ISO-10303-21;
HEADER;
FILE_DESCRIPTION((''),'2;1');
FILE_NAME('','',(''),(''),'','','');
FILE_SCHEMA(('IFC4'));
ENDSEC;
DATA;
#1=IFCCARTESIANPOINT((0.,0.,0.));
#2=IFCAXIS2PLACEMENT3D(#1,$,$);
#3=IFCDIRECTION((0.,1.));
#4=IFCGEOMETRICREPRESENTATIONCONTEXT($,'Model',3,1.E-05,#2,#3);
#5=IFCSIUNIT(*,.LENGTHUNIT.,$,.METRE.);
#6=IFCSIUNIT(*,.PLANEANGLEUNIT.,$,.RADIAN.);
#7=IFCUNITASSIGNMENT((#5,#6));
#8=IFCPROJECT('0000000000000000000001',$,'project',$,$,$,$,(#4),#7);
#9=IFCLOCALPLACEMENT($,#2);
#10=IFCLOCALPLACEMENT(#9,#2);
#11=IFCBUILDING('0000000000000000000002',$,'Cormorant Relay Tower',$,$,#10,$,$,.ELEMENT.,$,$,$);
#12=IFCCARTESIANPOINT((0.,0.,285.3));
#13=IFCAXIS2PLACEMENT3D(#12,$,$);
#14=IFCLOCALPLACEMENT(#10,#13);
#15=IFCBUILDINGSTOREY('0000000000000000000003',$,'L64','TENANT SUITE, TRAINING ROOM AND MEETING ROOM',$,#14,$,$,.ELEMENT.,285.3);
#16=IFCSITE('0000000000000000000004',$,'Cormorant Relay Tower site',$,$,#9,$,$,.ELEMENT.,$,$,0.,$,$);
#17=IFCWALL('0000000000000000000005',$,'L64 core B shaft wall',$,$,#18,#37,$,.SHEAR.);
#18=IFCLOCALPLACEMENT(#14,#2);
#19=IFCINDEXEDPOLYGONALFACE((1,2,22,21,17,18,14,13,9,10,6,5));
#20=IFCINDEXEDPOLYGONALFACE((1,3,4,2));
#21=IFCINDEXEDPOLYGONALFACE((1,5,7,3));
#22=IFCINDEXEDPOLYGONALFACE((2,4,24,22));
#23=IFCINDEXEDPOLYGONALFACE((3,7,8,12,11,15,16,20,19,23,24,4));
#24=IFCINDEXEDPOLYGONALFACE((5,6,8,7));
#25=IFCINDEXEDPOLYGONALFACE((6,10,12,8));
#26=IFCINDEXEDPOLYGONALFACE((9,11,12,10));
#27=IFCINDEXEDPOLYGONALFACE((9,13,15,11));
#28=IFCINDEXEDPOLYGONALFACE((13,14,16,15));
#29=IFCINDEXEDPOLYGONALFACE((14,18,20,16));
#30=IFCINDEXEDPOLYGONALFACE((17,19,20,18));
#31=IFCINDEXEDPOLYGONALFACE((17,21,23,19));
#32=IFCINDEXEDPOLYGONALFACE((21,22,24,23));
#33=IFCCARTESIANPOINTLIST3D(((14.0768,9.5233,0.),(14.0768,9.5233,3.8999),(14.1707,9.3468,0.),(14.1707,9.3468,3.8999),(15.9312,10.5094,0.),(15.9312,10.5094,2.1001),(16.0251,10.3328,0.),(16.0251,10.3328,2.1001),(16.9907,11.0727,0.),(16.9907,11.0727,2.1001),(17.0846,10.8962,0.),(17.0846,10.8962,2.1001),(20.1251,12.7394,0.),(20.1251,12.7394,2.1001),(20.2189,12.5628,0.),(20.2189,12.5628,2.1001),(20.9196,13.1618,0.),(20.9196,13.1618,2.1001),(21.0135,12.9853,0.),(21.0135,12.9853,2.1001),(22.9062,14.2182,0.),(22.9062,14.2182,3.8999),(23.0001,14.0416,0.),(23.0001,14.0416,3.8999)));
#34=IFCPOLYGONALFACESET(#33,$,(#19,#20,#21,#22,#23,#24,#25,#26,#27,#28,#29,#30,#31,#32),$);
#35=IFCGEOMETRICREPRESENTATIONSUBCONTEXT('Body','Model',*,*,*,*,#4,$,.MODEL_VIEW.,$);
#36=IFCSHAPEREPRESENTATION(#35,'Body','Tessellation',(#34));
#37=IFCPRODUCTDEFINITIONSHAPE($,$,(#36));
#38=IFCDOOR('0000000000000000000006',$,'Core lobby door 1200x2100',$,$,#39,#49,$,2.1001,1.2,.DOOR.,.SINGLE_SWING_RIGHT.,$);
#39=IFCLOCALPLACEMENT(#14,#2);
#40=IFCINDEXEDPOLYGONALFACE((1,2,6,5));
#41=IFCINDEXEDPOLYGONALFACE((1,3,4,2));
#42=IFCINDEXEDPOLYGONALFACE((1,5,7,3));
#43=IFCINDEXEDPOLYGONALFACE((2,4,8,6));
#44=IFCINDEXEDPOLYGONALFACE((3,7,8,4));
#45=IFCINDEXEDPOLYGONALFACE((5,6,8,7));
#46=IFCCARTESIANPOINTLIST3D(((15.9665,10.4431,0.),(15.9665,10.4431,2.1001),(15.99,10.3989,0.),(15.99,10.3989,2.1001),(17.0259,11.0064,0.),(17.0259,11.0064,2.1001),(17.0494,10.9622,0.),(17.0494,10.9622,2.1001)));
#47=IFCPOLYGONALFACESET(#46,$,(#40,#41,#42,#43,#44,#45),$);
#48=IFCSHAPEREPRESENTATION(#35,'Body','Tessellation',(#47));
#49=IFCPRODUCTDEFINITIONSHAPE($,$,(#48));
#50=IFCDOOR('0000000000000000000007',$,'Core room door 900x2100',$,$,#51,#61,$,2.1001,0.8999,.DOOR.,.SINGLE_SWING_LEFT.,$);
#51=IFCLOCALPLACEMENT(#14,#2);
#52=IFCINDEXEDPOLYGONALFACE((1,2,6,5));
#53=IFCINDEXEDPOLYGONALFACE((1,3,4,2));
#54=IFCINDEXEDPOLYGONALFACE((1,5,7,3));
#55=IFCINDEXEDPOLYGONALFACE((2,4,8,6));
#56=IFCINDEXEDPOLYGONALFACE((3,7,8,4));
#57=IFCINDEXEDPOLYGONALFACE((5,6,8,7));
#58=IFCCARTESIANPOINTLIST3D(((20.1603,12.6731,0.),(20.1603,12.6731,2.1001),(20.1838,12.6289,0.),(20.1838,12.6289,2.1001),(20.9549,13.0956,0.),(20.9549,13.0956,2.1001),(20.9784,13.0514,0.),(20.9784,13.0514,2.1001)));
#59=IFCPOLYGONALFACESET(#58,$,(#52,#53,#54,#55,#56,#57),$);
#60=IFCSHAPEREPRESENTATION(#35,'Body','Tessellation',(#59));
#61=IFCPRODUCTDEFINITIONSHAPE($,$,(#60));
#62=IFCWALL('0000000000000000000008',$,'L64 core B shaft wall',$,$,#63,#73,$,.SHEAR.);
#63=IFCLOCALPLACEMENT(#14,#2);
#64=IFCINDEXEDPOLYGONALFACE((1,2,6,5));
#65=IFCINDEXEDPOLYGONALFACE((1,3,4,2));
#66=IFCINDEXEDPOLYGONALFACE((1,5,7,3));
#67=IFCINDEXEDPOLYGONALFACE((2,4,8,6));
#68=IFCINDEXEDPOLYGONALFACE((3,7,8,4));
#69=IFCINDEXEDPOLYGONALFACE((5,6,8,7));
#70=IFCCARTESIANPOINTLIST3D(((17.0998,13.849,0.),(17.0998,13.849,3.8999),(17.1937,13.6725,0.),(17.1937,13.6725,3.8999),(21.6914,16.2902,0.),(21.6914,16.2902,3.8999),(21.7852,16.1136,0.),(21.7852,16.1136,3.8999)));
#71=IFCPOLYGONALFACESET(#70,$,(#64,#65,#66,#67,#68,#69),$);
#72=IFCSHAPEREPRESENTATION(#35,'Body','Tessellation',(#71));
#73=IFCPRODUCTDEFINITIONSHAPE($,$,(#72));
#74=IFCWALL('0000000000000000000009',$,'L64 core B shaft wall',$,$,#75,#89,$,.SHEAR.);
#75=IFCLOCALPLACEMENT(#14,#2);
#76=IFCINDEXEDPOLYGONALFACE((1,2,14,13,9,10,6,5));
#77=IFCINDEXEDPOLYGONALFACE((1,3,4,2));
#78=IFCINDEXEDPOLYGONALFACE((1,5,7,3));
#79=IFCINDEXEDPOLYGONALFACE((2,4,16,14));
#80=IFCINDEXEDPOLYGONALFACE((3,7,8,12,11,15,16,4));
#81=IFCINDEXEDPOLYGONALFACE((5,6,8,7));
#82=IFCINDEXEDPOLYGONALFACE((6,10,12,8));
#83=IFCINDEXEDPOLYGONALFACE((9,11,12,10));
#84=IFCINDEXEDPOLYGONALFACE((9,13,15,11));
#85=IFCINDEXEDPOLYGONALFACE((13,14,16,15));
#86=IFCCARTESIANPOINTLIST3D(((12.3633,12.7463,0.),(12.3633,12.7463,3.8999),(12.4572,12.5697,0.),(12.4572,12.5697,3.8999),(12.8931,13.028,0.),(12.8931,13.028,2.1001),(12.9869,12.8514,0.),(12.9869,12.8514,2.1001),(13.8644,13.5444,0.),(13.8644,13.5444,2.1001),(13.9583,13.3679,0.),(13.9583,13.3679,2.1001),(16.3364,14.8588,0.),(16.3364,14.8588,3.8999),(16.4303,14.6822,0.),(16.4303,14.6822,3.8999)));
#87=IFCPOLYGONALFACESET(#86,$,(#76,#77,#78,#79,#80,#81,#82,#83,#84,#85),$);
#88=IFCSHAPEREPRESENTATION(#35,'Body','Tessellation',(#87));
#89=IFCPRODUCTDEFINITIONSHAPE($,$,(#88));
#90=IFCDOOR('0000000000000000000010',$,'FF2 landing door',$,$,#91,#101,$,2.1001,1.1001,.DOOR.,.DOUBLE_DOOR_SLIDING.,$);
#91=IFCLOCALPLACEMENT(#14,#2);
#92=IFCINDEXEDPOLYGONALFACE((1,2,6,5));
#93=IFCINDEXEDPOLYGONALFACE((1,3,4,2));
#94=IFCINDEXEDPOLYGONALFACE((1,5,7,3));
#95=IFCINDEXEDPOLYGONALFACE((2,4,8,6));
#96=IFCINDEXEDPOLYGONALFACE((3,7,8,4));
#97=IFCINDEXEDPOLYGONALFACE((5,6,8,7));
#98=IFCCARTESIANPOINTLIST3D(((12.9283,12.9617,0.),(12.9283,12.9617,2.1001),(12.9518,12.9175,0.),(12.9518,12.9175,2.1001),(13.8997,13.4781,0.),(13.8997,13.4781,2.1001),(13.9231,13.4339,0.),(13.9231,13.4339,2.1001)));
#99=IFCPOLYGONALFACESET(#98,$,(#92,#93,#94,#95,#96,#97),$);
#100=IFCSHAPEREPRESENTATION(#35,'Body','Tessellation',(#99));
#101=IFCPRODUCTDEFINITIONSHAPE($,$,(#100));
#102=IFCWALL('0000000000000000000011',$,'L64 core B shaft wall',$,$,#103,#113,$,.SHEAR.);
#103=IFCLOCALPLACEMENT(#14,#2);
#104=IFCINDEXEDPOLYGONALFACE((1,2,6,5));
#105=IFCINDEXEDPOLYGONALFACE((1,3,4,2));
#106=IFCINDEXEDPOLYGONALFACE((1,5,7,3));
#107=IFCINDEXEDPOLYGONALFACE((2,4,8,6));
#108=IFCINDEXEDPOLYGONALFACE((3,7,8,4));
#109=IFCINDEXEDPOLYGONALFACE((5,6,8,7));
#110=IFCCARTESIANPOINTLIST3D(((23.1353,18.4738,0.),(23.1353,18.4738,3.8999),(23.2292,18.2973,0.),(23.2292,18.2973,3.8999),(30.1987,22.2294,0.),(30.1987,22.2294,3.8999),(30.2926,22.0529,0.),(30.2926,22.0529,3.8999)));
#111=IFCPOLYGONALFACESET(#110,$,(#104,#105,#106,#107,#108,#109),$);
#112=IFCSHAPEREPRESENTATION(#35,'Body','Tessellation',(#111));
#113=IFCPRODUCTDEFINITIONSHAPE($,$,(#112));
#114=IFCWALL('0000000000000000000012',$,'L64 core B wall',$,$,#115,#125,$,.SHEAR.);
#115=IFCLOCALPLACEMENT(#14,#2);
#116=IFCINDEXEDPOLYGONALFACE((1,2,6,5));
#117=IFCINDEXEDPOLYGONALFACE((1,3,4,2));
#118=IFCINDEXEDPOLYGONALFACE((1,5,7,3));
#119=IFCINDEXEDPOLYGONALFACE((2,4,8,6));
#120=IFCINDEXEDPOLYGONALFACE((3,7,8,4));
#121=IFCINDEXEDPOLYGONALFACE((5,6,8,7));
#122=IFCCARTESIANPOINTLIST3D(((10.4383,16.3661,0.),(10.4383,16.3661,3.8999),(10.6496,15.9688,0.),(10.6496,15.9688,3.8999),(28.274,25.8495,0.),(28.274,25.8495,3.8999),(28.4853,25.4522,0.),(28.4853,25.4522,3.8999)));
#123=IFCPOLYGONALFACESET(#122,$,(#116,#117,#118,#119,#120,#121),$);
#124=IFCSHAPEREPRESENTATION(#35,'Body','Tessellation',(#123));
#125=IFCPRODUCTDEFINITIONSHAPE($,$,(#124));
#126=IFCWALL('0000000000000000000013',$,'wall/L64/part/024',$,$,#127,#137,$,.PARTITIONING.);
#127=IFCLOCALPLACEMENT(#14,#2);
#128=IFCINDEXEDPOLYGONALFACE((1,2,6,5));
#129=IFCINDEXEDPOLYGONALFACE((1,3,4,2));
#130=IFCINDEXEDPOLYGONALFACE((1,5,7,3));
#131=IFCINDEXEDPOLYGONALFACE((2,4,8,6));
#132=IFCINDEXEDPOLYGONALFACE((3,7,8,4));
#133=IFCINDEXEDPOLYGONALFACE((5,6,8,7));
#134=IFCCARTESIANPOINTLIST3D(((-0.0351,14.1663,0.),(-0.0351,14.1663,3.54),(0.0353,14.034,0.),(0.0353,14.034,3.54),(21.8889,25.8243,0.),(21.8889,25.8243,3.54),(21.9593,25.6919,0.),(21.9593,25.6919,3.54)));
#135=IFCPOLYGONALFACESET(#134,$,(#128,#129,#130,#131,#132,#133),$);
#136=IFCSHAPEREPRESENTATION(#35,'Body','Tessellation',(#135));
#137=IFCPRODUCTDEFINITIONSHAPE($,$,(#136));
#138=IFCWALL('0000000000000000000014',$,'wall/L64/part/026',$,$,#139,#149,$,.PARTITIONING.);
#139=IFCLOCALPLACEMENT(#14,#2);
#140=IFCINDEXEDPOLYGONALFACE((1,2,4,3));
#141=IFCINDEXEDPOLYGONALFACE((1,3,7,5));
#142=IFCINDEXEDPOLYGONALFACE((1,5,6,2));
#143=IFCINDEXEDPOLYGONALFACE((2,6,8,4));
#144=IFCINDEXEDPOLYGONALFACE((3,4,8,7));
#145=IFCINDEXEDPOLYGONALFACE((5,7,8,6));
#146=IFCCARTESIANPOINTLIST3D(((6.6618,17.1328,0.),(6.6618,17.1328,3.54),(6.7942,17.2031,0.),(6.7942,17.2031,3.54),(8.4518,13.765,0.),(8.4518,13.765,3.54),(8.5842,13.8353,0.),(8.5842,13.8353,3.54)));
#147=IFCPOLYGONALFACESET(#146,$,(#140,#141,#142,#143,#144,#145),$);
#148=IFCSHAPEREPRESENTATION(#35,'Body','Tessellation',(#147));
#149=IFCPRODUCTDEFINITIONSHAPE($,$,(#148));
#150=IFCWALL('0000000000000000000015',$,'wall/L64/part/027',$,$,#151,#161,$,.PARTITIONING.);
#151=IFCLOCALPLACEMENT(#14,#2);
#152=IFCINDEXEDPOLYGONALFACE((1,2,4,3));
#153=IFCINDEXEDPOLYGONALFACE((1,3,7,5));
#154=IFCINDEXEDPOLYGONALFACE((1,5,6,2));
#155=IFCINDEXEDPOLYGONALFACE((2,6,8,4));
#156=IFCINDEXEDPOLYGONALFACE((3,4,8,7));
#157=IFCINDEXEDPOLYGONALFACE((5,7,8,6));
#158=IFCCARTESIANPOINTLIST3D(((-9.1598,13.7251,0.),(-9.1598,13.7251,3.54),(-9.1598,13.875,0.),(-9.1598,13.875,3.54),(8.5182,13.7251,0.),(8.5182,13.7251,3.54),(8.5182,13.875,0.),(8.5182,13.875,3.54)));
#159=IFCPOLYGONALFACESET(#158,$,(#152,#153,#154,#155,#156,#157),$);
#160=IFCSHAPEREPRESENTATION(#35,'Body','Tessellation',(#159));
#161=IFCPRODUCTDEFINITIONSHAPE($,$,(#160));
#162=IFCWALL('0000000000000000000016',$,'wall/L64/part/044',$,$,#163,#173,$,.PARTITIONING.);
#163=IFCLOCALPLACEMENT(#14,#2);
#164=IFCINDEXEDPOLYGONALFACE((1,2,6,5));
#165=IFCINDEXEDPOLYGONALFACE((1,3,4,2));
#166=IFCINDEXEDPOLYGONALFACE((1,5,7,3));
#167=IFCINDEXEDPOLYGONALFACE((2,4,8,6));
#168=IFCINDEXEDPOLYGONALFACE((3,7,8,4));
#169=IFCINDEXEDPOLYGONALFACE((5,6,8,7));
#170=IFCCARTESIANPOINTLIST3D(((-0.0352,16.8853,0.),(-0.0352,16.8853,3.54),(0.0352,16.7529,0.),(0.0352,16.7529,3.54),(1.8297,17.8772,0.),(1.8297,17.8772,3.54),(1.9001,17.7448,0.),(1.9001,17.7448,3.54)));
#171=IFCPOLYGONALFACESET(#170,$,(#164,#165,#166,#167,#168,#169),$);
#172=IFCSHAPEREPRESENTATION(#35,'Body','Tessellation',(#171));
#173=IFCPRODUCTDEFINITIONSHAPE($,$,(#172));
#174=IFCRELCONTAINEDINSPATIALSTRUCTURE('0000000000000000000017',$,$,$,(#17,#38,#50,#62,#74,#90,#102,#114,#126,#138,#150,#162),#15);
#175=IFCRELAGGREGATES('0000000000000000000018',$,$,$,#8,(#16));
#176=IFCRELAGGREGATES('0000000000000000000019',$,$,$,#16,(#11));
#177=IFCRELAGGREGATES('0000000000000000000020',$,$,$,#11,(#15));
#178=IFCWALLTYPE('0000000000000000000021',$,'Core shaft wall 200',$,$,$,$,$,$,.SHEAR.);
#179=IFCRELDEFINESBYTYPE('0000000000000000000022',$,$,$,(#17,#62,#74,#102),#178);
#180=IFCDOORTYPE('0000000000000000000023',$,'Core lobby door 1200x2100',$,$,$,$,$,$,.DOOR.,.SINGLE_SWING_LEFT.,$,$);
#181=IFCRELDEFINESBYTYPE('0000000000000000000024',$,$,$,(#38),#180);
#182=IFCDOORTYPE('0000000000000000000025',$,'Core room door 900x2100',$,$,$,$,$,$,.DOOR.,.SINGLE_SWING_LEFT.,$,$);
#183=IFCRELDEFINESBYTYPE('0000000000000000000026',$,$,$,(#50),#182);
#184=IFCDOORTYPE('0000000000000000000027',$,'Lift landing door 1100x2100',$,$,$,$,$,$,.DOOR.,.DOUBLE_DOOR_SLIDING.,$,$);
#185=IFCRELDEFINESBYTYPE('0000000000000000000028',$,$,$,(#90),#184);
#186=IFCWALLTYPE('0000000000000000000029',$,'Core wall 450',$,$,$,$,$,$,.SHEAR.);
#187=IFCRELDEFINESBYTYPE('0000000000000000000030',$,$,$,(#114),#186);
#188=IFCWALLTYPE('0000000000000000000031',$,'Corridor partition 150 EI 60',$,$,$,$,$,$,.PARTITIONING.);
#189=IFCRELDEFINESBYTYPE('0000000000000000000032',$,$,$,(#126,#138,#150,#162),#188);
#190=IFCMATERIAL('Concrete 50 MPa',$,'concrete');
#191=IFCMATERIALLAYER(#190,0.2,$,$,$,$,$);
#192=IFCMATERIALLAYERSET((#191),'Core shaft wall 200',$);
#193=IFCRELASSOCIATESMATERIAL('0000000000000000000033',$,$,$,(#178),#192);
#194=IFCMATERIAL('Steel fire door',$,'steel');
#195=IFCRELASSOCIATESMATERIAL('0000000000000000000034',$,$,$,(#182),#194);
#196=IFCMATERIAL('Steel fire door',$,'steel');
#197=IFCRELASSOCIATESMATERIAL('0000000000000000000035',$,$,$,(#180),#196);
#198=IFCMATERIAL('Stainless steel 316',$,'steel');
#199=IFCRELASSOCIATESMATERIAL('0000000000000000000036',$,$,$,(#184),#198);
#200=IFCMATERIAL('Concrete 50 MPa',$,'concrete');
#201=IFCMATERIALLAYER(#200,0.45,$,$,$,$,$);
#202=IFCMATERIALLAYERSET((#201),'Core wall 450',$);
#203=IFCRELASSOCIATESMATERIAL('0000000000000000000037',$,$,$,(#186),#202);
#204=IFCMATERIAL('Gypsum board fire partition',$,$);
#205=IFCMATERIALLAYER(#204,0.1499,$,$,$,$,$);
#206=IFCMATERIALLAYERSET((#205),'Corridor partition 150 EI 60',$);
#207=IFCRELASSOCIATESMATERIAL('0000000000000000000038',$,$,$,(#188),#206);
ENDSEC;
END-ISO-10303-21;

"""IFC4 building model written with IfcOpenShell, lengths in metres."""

from ifc_helpers import new_model, si_unit, direction, frame, frame_2d, origin, place, context, subcontext, project, spatial, rectangle, extrude, material, layer, layer_set, type_object, element, fill, save


model = new_model("IFC4")

# Units and contexts
model_context = context("Model", 3, precision=1e-05, world=origin(), true_north=direction((0.0, 1.0)))
body_context = subcontext(model_context, "Body", "Model", "MODEL_VIEW")
ifc_project = project(units=[si_unit("LENGTHUNIT", "METRE"), si_unit("PLANEANGLEUNIT", "RADIAN")], contexts=[model_context])

# Site, building, storey
site_placement = place(None, origin())
site = spatial("IfcSite", under=ifc_project, at=site_placement, Name="Cormorant Relay Tower site", CompositionType="ELEMENT", RefElevation=0.0)
building_placement = place(site_placement, origin())
building = spatial("IfcBuilding", under=site, at=building_placement, Name="Cormorant Relay Tower", CompositionType="ELEMENT")
storey_placement = place(building_placement, frame((0.0, 0.0, 285.3)))
storey = spatial("IfcBuildingStorey", under=building, at=storey_placement, Name="L64", Description="TENANT SUITE, TRAINING ROOM AND MEETING ROOM", CompositionType="ELEMENT", Elevation=285.3)

# Shared definitions
ifc_material_1 = material(Name="Concrete 50 MPa", Category="concrete")
ifc_layer_1 = layer(ifc_material_1, 0.2)
ifc_layer_set_1 = layer_set([ifc_layer_1], Name="Core shaft wall 200")
wall_type_1 = type_object("IfcWallType", Name="Core shaft wall 200", PredefinedType="SHEAR", material=ifc_layer_set_1)

# Shared definitions
ifc_material_2 = material(Name="Steel fire door", Category="steel")
door_type_1 = type_object("IfcDoorType", Name="Core room door 900x2100", OperationType="SINGLE_SWING_LEFT", PredefinedType="DOOR", material=ifc_material_2)

# Wall, openings, doors
wall_1_placement = place(storey_placement, frame((14.1238, 9.4351, 0.0), z_axis=(0.0, 0.0, 1.0), x_axis=(0.88294, 0.469485, 0.0)))
wall_1 = element("IfcWall", 1, at=wall_1_placement, inside=storey, type_object=wall_type_1, Name="L64 core B shaft wall", PredefinedType="SHEAR", context=body_context, shape_type="SweptSolid", body=[
    extrude(rectangle(XDim=10.0, YDim=0.2, at=frame_2d((5.0, 0.0))), origin(), (0.0, 0.0, 1.0), 3.8999),
])
opening_1_placement = place(wall_1_placement, frame((2.1001, 0.0, 0.0)))
opening_1 = element("IfcOpeningElement", 2, at=opening_1_placement, cuts=wall_1, PredefinedType="OPENING", context=body_context, shape_type="SweptSolid", body=[
    extrude(rectangle(XDim=1.2, YDim=2.1001, at=frame_2d((0.6001, 1.05))), frame((0.0, 0.1099, 0.0), z_axis=(0.0, -1.0, 0.0), x_axis=(1.0, 0.0, 0.0)), (0.0, 0.0, 1.0), 0.22),
])
opening_2_placement = place(wall_1_placement, frame((6.8501, 0.0, 0.0)))
opening_2 = element("IfcOpeningElement", 3, at=opening_2_placement, cuts=wall_1, PredefinedType="OPENING", context=body_context, shape_type="SweptSolid", body=[
    extrude(rectangle(XDim=0.8999, YDim=2.1001, at=frame_2d((0.45, 1.05))), frame((0.0, 0.1099, 0.0), z_axis=(0.0, -1.0, 0.0), x_axis=(1.0, 0.0, 0.0)), (0.0, 0.0, 1.0), 0.22),
])
ifc_material_3 = material(Name="Steel fire door", Category="steel")
door_type_2 = type_object("IfcDoorType", Name="Core lobby door 1200x2100", OperationType="SINGLE_SWING_LEFT", PredefinedType="DOOR", material=ifc_material_3)
door_1_placement = place(opening_1_placement, origin())
door_1 = element("IfcDoor", 4, at=door_1_placement, inside=storey, type_object=door_type_2, Name="Core lobby door 1200x2100", OperationType="SINGLE_SWING_RIGHT", OverallHeight=2.1001, OverallWidth=1.2, PredefinedType="DOOR", context=body_context, shape_type="SweptSolid", body=[
    extrude(rectangle(XDim=1.2, YDim=2.1001, at=frame_2d((0.6001, 1.05))), frame((0.0, 0.0249, 0.0), z_axis=(0.0, -1.0, 0.0), x_axis=(1.0, 0.0, 0.0)), (0.0, 0.0, 1.0), 0.05),
])
fill(opening_1, door_1)
door_2_placement = place(opening_2_placement, origin())
door_2 = element("IfcDoor", 5, at=door_2_placement, inside=storey, type_object=door_type_1, Name="Core room door 900x2100", OperationType="SINGLE_SWING_LEFT", OverallHeight=2.1001, OverallWidth=0.8999, PredefinedType="DOOR", context=body_context, shape_type="SweptSolid", body=[
    extrude(rectangle(XDim=0.8999, YDim=2.1001, at=frame_2d((0.45, 1.05))), frame((0.0, 0.0249, 0.0), z_axis=(0.0, -1.0, 0.0), x_axis=(1.0, 0.0, 0.0)), (0.0, 0.0, 1.0), 0.05),
])
fill(opening_2, door_2)

# Wall
wall_2_placement = place(storey_placement, frame((17.1467, 13.7607, 0.0), z_axis=(0.0, 0.0, 1.0), x_axis=(0.882964, 0.46944, 0.0)))
element("IfcWall", 6, at=wall_2_placement, inside=storey, type_object=wall_type_1, Name="L64 core B shaft wall", PredefinedType="SHEAR", context=body_context, shape_type="SweptSolid", body=[
    extrude(rectangle(XDim=5.2002, YDim=0.2, at=frame_2d((2.6001, 0.0))), origin(), (0.0, 0.0, 1.0), 3.8999),
])

# Wall, opening, door
wall_3_placement = place(storey_placement, frame((12.4102, 12.658, 0.0), z_axis=(0.0, 0.0, 1.0), x_axis=(0.882948, 0.46947, 0.0)))
wall_3 = element("IfcWall", 7, at=wall_3_placement, inside=storey, type_object=wall_type_1, Name="L64 core B shaft wall", PredefinedType="SHEAR", context=body_context, shape_type="SweptSolid", body=[
    extrude(rectangle(XDim=4.4998, YDim=0.2, at=frame_2d((2.25, 0.0))), origin(), (0.0, 0.0, 1.0), 3.8999),
])
opening_3_placement = place(wall_3_placement, frame((0.6001, 0.0, 0.0)))
opening_3 = element("IfcOpeningElement", 8, at=opening_3_placement, cuts=wall_3, PredefinedType="OPENING", context=body_context, shape_type="SweptSolid", body=[
    extrude(rectangle(XDim=1.1001, YDim=2.1001, at=frame_2d((0.55, 1.05))), frame((0.0, 0.1099, 0.0), z_axis=(0.0, -1.0, 0.0), x_axis=(1.0, 0.0, 0.0)), (0.0, 0.0, 1.0), 0.22),
])
ifc_material_4 = material(Name="Stainless steel 316", Category="steel")
door_type_3 = type_object("IfcDoorType", Name="Lift landing door 1100x2100", OperationType="DOUBLE_DOOR_SLIDING", PredefinedType="DOOR", material=ifc_material_4)
door_3_placement = place(opening_3_placement, origin())
door_3 = element("IfcDoor", 9, at=door_3_placement, inside=storey, type_object=door_type_3, Name="FF2 landing door", OperationType="DOUBLE_DOOR_SLIDING", OverallHeight=2.1001, OverallWidth=1.1001, PredefinedType="DOOR", context=body_context, shape_type="SweptSolid", body=[
    extrude(rectangle(XDim=1.1001, YDim=2.1001, at=frame_2d((0.55, 1.05))), frame((0.0, 0.0249, 0.0), z_axis=(0.0, -1.0, 0.0), x_axis=(1.0, 0.0, 0.0)), (0.0, 0.0, 1.0), 0.05),
])
fill(opening_3, door_3)

# Walls
wall_4_placement = place(storey_placement, frame((23.1821, 18.3855, 0.0), z_axis=(0.0, 0.0, 1.0), x_axis=(0.882953, 0.469462, 0.0)))
element("IfcWall", 10, at=wall_4_placement, inside=storey, type_object=wall_type_1, Name="L64 core B shaft wall", PredefinedType="SHEAR", context=body_context, shape_type="SweptSolid", body=[
    extrude(rectangle(XDim=7.9998, YDim=0.2, at=frame_2d((4.0, 0.0))), origin(), (0.0, 0.0, 1.0), 3.8999),
])
ifc_material_5 = material(Name="Concrete 50 MPa", Category="concrete")
ifc_layer_2 = layer(ifc_material_5, 0.45)
ifc_layer_set_2 = layer_set([ifc_layer_2], Name="Core wall 450")
wall_type_2 = type_object("IfcWallType", Name="Core wall 450", PredefinedType="SHEAR", material=ifc_layer_set_2)
wall_5_placement = place(storey_placement, frame((10.5439, 16.1675, 0.0), z_axis=(0.0, 0.0, 1.0), x_axis=(0.882948, 0.469471, 0.0)))
element("IfcWall", 11, at=wall_5_placement, inside=storey, type_object=wall_type_2, Name="L64 core B wall", PredefinedType="SHEAR", context=body_context, shape_type="SweptSolid", body=[
    extrude(rectangle(XDim=20.2002, YDim=0.45, at=frame_2d((10.1001, 0.0))), origin(), (0.0, 0.0, 1.0), 3.8999),
])
ifc_material_6 = material(Name="Gypsum board fire partition")
ifc_layer_3 = layer(ifc_material_6, 0.1499)
ifc_layer_set_3 = layer_set([ifc_layer_3], Name="Corridor partition 150 EI 60")
wall_type_3 = type_object("IfcWallType", Name="Corridor partition 150 EI 60", PredefinedType="PARTITIONING", material=ifc_layer_set_3)
wall_6_placement = place(storey_placement, frame((0.0, 14.1001, 0.0), z_axis=(0.0, 0.0, 1.0), x_axis=(0.882936, 0.469494, 0.0)))
element("IfcWall", 12, at=wall_6_placement, inside=storey, type_object=wall_type_3, Name="wall/L64/part/024", PredefinedType="PARTITIONING", context=body_context, shape_type="SweptSolid", body=[
    extrude(rectangle(XDim=24.8308, YDim=0.1499, at=frame_2d((12.4155, 0.0))), origin(), (0.0, 0.0, 1.0), 3.54),
])
wall_7_placement = place(storey_placement, frame((6.728, 17.168, 0.0), z_axis=(0.0, 0.0, 1.0), x_axis=(0.469325, -0.883025, 0.0)))
element("IfcWall", 13, at=wall_7_placement, inside=storey, type_object=wall_type_3, Name="wall/L64/part/026", PredefinedType="PARTITIONING", context=body_context, shape_type="SweptSolid", body=[
    extrude(rectangle(XDim=3.814, YDim=0.1499, at=frame_2d((1.907, 0.0))), origin(), (0.0, 0.0, 1.0), 3.54),
])
wall_8_placement = place(storey_placement, frame((8.5181, 13.8, 0.0), z_axis=(0.0, 0.0, 1.0), x_axis=(-1.0, 0.0, 0.0)))
element("IfcWall", 14, at=wall_8_placement, inside=storey, type_object=wall_type_3, Name="wall/L64/part/027", PredefinedType="PARTITIONING", context=body_context, shape_type="SweptSolid", body=[
    extrude(rectangle(XDim=17.678, YDim=0.1499, at=frame_2d((8.8389, 0.0))), origin(), (0.0, 0.0, 1.0), 3.54),
])
wall_9_placement = place(storey_placement, frame((0.0, 16.8191, 0.0), z_axis=(0.0, 0.0, 1.0), x_axis=(0.882887, 0.469586, 0.0)))
element("IfcWall", 15, at=wall_9_placement, inside=storey, type_object=wall_type_3, Name="wall/L64/part/044", PredefinedType="PARTITIONING", context=body_context, shape_type="SweptSolid", body=[
    extrude(rectangle(XDim=2.1123, YDim=0.1499, at=frame_2d((1.0562, 0.0))), origin(), (0.0, 0.0, 1.0), 3.54),
])

save(model, "model.ifc")
